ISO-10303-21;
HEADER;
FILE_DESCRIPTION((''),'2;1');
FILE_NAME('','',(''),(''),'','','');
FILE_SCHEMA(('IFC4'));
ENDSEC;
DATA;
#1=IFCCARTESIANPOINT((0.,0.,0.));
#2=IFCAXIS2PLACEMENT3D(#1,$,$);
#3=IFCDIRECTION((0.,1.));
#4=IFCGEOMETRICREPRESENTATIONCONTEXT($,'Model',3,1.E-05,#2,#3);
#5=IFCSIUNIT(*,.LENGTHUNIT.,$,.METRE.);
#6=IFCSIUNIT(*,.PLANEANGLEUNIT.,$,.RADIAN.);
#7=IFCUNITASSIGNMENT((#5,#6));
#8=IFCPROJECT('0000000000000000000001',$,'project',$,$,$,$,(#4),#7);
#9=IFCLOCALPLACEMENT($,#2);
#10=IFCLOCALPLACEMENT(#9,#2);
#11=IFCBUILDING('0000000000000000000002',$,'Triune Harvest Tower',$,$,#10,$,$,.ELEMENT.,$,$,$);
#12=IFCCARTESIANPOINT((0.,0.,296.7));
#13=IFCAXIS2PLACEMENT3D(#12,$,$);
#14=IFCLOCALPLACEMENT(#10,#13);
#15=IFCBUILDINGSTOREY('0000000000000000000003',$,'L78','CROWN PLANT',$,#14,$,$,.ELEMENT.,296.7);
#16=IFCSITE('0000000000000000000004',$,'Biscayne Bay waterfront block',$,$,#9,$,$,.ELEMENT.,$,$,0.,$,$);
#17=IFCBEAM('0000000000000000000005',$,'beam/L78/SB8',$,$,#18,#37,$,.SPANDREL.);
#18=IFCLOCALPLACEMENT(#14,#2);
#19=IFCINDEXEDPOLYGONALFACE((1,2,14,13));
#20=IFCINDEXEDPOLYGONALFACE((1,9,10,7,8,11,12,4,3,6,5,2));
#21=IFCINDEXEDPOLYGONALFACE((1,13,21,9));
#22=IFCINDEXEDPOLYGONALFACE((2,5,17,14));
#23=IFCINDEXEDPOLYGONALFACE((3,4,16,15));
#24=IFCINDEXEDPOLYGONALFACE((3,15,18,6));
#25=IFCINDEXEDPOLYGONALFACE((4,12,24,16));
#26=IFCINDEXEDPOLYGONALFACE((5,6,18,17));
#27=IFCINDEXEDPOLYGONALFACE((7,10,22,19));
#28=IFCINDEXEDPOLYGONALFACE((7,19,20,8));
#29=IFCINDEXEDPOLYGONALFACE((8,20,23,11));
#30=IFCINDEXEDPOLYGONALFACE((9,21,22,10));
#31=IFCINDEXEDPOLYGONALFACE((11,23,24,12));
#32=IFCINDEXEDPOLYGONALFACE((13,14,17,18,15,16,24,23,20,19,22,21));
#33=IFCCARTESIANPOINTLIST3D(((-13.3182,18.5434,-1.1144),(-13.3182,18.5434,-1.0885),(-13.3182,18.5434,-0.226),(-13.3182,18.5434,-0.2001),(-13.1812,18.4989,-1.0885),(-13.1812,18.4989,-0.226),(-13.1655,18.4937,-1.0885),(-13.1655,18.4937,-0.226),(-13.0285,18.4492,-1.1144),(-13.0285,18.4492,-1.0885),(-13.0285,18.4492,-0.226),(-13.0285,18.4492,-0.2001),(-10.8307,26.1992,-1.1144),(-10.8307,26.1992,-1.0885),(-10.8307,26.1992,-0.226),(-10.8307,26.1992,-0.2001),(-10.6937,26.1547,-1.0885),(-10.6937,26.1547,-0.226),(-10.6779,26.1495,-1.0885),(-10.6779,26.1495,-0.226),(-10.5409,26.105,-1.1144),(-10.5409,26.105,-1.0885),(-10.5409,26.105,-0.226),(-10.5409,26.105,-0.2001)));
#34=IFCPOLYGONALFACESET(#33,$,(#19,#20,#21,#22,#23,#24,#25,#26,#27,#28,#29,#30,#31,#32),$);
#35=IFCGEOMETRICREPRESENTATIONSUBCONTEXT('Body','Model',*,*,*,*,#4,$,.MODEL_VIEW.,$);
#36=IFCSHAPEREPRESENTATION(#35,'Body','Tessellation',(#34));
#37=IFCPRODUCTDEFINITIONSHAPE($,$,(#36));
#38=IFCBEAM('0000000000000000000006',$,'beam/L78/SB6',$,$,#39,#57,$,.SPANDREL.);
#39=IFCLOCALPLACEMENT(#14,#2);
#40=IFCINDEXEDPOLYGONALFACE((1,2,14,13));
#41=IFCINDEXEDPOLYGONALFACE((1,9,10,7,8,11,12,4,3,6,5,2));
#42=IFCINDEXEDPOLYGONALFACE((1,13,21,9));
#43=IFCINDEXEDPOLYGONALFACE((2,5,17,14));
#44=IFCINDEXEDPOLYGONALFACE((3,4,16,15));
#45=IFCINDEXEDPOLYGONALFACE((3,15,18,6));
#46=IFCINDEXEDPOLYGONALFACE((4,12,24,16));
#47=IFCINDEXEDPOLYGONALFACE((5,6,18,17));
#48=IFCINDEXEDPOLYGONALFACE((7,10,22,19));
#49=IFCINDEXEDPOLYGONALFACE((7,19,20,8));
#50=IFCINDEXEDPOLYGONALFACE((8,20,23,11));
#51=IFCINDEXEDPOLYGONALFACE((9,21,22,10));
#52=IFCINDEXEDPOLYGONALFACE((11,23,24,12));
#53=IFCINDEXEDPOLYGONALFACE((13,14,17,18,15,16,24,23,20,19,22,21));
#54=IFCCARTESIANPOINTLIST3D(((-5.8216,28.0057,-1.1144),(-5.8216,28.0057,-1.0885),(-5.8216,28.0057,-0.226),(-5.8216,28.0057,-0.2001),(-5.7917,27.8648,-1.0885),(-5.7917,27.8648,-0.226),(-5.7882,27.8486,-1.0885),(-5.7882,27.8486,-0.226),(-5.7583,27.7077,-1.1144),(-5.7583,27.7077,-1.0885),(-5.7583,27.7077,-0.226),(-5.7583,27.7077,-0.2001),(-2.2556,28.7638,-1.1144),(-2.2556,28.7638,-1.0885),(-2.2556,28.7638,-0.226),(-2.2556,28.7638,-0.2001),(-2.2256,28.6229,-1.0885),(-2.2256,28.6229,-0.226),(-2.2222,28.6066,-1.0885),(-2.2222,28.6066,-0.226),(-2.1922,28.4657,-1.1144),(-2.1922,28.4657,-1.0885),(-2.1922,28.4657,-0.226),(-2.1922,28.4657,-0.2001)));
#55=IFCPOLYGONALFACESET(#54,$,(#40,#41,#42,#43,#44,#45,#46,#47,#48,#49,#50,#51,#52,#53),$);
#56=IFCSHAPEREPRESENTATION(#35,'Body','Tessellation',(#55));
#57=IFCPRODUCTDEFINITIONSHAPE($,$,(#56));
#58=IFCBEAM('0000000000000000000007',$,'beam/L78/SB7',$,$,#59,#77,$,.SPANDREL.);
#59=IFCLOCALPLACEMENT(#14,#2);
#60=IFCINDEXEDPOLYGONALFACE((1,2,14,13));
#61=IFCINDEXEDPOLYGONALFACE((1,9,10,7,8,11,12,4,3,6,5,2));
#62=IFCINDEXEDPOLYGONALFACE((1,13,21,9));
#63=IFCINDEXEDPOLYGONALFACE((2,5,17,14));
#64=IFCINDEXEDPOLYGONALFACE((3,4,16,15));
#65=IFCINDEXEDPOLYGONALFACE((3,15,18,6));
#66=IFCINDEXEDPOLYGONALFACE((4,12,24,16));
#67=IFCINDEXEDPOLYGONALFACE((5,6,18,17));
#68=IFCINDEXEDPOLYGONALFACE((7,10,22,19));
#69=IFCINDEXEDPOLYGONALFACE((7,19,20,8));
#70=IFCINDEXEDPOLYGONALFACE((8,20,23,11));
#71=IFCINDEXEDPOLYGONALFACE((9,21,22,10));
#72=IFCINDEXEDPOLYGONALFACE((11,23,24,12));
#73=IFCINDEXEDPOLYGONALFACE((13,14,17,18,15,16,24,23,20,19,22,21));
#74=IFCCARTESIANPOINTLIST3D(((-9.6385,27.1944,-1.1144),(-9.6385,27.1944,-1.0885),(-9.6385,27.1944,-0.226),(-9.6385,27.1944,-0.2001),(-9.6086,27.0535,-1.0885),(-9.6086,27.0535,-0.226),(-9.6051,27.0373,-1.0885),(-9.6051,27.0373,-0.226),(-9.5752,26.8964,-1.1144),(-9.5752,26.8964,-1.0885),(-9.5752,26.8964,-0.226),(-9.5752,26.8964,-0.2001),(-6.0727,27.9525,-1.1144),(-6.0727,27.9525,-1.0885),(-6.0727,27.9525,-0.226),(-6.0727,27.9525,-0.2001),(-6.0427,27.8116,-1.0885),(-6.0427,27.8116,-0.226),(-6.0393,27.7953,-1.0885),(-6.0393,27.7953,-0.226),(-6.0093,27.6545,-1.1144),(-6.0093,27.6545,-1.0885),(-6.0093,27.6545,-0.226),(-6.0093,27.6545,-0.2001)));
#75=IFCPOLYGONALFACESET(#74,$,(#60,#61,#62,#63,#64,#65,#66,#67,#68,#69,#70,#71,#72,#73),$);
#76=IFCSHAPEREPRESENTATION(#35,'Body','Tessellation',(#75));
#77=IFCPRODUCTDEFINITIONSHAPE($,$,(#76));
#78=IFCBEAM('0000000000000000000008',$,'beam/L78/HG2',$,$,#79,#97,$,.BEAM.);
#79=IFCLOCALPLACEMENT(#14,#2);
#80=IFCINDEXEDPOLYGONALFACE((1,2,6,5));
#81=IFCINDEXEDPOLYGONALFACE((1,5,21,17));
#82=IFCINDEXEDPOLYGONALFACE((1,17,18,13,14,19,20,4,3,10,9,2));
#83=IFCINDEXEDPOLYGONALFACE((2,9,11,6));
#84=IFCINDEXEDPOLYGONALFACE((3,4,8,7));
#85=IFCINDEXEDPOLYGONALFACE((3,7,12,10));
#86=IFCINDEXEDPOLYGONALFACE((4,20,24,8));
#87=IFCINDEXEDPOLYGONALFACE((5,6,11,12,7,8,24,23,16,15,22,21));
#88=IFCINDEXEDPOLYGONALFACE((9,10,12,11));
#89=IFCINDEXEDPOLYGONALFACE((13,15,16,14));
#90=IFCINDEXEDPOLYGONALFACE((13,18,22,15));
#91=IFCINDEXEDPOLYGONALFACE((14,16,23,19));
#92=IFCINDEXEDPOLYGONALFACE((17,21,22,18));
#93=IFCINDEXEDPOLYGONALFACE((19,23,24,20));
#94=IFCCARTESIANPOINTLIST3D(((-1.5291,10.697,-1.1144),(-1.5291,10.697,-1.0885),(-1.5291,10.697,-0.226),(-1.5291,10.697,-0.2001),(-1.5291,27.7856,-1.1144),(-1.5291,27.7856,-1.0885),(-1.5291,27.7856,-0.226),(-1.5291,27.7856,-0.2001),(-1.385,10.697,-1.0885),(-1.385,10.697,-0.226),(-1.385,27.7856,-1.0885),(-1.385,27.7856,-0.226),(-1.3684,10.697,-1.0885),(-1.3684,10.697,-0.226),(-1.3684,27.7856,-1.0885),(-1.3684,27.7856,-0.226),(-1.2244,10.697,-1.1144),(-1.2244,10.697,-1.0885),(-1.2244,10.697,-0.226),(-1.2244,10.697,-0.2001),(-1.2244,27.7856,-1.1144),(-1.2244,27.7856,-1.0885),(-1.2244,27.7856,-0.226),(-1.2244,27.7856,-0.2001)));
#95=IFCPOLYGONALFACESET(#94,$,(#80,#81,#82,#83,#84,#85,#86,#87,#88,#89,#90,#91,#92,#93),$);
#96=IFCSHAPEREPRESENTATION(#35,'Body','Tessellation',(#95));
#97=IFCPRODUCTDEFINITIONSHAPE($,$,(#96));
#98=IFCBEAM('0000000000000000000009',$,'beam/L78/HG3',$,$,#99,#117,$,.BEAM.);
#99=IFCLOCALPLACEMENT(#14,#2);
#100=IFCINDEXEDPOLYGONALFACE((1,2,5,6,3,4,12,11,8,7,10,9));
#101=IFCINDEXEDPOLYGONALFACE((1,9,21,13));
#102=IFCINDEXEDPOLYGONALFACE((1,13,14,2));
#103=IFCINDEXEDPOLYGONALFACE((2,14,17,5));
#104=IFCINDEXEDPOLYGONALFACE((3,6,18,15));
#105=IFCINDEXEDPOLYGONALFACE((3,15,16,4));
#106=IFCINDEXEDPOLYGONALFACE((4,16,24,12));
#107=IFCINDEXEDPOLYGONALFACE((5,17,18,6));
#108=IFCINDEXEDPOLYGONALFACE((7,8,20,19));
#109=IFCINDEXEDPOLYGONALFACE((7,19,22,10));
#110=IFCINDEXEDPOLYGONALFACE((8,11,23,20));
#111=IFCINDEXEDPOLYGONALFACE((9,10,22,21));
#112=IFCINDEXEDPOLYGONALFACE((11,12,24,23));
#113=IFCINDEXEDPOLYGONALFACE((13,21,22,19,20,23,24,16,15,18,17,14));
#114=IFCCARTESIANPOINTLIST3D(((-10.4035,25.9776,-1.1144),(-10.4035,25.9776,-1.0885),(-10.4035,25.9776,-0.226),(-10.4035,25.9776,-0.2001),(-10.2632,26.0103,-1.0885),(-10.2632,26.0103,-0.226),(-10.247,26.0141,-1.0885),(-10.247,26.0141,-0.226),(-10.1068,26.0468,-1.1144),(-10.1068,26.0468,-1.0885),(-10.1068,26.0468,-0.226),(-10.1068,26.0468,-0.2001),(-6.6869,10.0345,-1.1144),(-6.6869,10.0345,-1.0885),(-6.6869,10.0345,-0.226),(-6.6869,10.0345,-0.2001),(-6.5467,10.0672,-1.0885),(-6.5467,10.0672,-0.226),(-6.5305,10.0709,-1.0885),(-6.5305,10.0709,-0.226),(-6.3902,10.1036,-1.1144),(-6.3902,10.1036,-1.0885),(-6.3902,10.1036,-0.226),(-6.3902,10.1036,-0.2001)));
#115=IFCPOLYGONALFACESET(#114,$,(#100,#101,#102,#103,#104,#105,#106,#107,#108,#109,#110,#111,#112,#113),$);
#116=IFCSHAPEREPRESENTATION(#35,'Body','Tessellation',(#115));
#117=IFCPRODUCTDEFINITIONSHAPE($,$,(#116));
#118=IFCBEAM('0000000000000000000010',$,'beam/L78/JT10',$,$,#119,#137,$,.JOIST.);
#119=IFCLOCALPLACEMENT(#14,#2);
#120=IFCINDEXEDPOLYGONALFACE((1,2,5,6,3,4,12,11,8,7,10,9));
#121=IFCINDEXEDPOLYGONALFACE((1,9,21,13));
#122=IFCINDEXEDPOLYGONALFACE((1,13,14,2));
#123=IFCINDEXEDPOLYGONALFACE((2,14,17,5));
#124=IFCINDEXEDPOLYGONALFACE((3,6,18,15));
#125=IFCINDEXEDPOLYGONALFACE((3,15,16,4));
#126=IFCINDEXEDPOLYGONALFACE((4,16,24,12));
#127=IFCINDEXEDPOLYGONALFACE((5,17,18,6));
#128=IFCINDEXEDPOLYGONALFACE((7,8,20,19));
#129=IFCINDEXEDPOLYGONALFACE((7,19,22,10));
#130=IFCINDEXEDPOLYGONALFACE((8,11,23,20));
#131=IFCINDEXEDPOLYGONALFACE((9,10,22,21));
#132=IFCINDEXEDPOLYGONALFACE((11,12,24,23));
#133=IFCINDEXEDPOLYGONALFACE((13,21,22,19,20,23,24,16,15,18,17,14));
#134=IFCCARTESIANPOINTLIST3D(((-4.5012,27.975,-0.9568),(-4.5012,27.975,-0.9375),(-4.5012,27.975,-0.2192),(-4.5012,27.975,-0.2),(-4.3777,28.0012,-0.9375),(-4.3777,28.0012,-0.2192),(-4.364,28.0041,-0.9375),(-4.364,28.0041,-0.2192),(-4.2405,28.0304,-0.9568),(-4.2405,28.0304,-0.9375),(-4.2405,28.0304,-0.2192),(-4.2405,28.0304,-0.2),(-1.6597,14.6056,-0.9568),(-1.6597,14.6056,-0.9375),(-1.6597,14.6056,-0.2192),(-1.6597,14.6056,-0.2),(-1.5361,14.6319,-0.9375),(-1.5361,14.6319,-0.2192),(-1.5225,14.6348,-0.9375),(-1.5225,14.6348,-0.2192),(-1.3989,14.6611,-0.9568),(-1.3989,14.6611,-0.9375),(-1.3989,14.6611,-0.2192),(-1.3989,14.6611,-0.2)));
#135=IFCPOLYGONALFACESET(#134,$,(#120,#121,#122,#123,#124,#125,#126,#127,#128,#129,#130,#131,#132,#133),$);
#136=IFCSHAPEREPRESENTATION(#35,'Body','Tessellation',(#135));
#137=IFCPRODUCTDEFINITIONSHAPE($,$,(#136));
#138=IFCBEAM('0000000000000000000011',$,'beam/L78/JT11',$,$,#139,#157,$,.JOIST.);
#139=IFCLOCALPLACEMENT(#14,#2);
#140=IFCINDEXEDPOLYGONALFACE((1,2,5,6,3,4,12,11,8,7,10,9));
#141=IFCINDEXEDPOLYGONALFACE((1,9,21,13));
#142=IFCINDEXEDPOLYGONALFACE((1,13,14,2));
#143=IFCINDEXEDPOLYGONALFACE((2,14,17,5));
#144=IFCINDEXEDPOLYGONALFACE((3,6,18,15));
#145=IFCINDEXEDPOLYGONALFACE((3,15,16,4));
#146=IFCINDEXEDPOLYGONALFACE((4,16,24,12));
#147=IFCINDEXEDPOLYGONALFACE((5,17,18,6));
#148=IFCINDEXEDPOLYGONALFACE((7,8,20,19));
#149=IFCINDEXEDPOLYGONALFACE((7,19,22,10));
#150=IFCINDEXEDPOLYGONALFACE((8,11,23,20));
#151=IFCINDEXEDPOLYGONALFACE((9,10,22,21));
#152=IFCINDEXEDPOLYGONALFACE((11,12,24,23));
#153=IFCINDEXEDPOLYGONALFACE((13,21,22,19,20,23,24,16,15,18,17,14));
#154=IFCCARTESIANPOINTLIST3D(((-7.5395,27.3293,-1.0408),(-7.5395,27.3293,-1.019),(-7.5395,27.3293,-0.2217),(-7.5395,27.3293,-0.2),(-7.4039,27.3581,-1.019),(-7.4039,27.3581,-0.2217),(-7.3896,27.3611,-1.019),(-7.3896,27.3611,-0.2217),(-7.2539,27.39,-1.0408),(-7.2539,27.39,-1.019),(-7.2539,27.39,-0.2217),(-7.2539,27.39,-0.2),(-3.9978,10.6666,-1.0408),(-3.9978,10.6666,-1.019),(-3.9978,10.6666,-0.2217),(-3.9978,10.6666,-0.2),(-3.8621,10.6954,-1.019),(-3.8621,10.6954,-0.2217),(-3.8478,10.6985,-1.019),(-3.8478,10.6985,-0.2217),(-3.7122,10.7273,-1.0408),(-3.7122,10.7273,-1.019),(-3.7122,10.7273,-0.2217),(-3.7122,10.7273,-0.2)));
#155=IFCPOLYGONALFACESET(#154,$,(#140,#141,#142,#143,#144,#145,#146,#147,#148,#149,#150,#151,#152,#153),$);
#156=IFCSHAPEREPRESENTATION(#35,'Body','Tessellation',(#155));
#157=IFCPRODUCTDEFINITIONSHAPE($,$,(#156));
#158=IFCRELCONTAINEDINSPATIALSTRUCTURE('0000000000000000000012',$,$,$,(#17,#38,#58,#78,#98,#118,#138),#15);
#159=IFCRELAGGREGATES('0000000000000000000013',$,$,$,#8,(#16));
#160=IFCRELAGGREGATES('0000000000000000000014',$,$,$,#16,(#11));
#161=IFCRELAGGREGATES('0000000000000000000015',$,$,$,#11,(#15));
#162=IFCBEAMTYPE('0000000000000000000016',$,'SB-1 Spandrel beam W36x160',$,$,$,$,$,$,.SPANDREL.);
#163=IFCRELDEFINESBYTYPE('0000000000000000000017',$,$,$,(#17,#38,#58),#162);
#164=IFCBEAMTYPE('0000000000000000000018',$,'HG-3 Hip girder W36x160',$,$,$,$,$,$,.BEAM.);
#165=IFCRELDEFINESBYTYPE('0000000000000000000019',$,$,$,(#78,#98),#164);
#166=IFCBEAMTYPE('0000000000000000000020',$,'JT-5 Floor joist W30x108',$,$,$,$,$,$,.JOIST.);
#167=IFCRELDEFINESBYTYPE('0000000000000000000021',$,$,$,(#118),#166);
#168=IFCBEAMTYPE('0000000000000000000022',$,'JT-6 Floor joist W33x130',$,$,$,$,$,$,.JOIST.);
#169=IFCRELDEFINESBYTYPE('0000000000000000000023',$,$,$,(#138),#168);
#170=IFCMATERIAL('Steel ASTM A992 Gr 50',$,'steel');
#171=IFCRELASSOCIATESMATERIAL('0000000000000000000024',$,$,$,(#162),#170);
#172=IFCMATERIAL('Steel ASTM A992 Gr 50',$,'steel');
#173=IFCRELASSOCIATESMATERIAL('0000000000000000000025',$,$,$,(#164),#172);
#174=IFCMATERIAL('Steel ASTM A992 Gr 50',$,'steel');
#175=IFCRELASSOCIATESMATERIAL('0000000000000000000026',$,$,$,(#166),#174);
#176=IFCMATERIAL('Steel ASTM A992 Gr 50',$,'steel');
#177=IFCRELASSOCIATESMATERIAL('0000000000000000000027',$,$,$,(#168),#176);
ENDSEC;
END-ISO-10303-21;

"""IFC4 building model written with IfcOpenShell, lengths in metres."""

from ifc_helpers import new_model, si_unit, direction, frame, origin, origin_2d, place, context, subcontext, project, spatial, i_section, extrude, source, transform, mapped, material, material_profile, profile_set, type_object, element, save


model = new_model("IFC4")

# Units and contexts
model_context = context("Model", 3, precision=1e-05, world=origin(), true_north=direction((0.0, 1.0)))
body_context = subcontext(model_context, "Body", "Model", "MODEL_VIEW")
ifc_project = project(units=[si_unit("LENGTHUNIT", "METRE"), si_unit("PLANEANGLEUNIT", "RADIAN")], contexts=[model_context])

# Site, building, storey
site_placement = place(None, origin())
site = spatial("IfcSite", under=ifc_project, at=site_placement, Name="Biscayne Bay waterfront block", CompositionType="ELEMENT", RefElevation=0.0)
building_placement = place(site_placement, origin())
building = spatial("IfcBuilding", under=site, at=building_placement, Name="Triune Harvest Tower", CompositionType="ELEMENT")
storey_placement = place(building_placement, frame((0.0, 0.0, 296.7)))
storey = spatial("IfcBuildingStorey", under=building, at=storey_placement, Name="L78", Description="CROWN PLANT", CompositionType="ELEMENT", Elevation=296.7)

# Beams
ifc_material_1 = material(Name="Steel ASTM A992 Gr 50", Category="steel")
ifc_material_profile_1 = material_profile(ifc_material_1, i_section(OverallWidth=0.3047, OverallDepth=0.9143, WebThickness=0.0166, FlangeThickness=0.0259, at=origin_2d()), Name="W36x160")
ifc_profile_set_1 = profile_set([ifc_material_profile_1], Name="Steel ASTM A992 Gr 50")
beam_type_1 = type_object("IfcBeamType", Name="SB-1 Spandrel beam W36x160", PredefinedType="SPANDREL", material=ifc_profile_set_1)
shared_shape_1 = source(origin(), body_context, "Body", "SweptSolid", [
    extrude(i_section(OverallWidth=0.3047, OverallDepth=0.9143, WebThickness=0.0166, FlangeThickness=0.0259, at=origin_2d()), origin(), (0.0, 0.0, 1.0), 8.0498),
])
beam_1_placement = place(storey_placement, frame((-10.6858, 26.1521, -0.6572), z_axis=(-0.309022, -0.951055, 0.0), x_axis=(0.951055, -0.309022, 0.0)))
element("IfcBeam", 1, at=beam_1_placement, inside=storey, type_object=beam_type_1, Name="beam/L78/SB8", PredefinedType="SPANDREL", context=body_context, shape_type="MappedRepresentation", body=[
    mapped(shared_shape_1, transform((0.0, 0.0, 0.0), scale=1.0)),
])
shared_shape_2 = source(origin(), body_context, "Body", "SweptSolid", [
    extrude(i_section(OverallWidth=0.3047, OverallDepth=0.9143, WebThickness=0.0166, FlangeThickness=0.0259, at=origin_2d()), origin(), (0.0, 0.0, 1.0), 3.6458),
])
beam_2_placement = place(storey_placement, frame((-2.2239, 28.6147, -0.6572), z_axis=(-0.978145, -0.207924, 0.0), x_axis=(0.207924, -0.978145, 0.0)))
element("IfcBeam", 2, at=beam_2_placement, inside=storey, type_object=beam_type_1, Name="beam/L78/SB6", PredefinedType="SPANDREL", context=body_context, shape_type="MappedRepresentation", body=[
    mapped(shared_shape_2, transform((0.0, 0.0, 0.0), scale=1.0)),
])
shared_shape_3 = source(origin(), body_context, "Body", "SweptSolid", [
    extrude(i_section(OverallWidth=0.3047, OverallDepth=0.9143, WebThickness=0.0166, FlangeThickness=0.0259, at=origin_2d()), origin(), (0.0, 0.0, 1.0), 3.6455),
])
beam_3_placement = place(storey_placement, frame((-6.041, 27.8035, -0.6572), z_axis=(-0.978142, -0.207937, 0.0), x_axis=(0.207937, -0.978142, 0.0)))
element("IfcBeam", 3, at=beam_3_placement, inside=storey, type_object=beam_type_1, Name="beam/L78/SB7", PredefinedType="SPANDREL", context=body_context, shape_type="MappedRepresentation", body=[
    mapped(shared_shape_3, transform((0.0, 0.0, 0.0), scale=1.0)),
])
ifc_material_2 = material(Name="Steel ASTM A992 Gr 50", Category="steel")
ifc_material_profile_2 = material_profile(ifc_material_2, i_section(OverallWidth=0.3047, OverallDepth=0.9143, WebThickness=0.0166, FlangeThickness=0.0259, at=origin_2d()), Name="W36x160")
ifc_profile_set_2 = profile_set([ifc_material_profile_2], Name="Steel ASTM A992 Gr 50")
beam_type_2 = type_object("IfcBeamType", Name="HG-3 Hip girder W36x160", PredefinedType="BEAM", material=ifc_profile_set_2)
shared_shape_4 = source(origin(), body_context, "Body", "SweptSolid", [
    extrude(i_section(OverallWidth=0.3047, OverallDepth=0.9143, WebThickness=0.0166, FlangeThickness=0.0259, at=origin_2d()), origin(), (0.0, 0.0, 1.0), 17.0886),
])
beam_4_placement = place(storey_placement, frame((-1.3767, 27.7856, -0.6572), z_axis=(0.0, -1.0, 0.0), x_axis=(1.0, 0.0, 0.0)))
element("IfcBeam", 4, at=beam_4_placement, inside=storey, type_object=beam_type_2, Name="beam/L78/HG2", PredefinedType="BEAM", context=body_context, shape_type="MappedRepresentation", body=[
    mapped(shared_shape_4, transform((0.0, 0.0, 0.0), scale=1.0)),
])
shared_shape_5 = source(origin(), body_context, "Body", "SweptSolid", [
    extrude(i_section(OverallWidth=0.3047, OverallDepth=0.9143, WebThickness=0.0166, FlangeThickness=0.0259, at=origin_2d()), origin(), (0.0, 0.0, 1.0), 16.3706),
])
beam_5_placement = place(storey_placement, frame((-10.2551, 26.0122, -0.6572), z_axis=(0.227026, -0.973889, 0.0), x_axis=(0.973889, 0.227026, 0.0)))
element("IfcBeam", 5, at=beam_5_placement, inside=storey, type_object=beam_type_2, Name="beam/L78/HG3", PredefinedType="BEAM", context=body_context, shape_type="MappedRepresentation", body=[
    mapped(shared_shape_5, transform((0.0, 0.0, 0.0), scale=1.0)),
])
ifc_material_3 = material(Name="Steel ASTM A992 Gr 50", Category="steel")
ifc_material_profile_3 = material_profile(ifc_material_3, i_section(OverallWidth=0.2666, OverallDepth=0.7568, WebThickness=0.0139, FlangeThickness=0.0193, at=origin_2d()), Name="W30x108")
ifc_profile_set_3 = profile_set([ifc_material_profile_3], Name="Steel ASTM A992 Gr 50")
beam_type_3 = type_object("IfcBeamType", Name="JT-5 Floor joist W30x108", PredefinedType="JOIST", material=ifc_profile_set_3)
shared_shape_6 = source(origin(), body_context, "Body", "SweptSolid", [
    extrude(i_section(OverallWidth=0.2666, OverallDepth=0.7568, WebThickness=0.0139, FlangeThickness=0.0193, at=origin_2d()), origin(), (0.0, 0.0, 1.0), 13.668),
])
beam_6_placement = place(storey_placement, frame((-4.3708, 28.0027, -0.5784), z_axis=(0.207898, -0.978151, 0.0), x_axis=(0.978151, 0.207898, 0.0)))
element("IfcBeam", 6, at=beam_6_placement, inside=storey, type_object=beam_type_3, Name="beam/L78/JT10", PredefinedType="JOIST", context=body_context, shape_type="MappedRepresentation", body=[
    mapped(shared_shape_6, transform((0.0, 0.0, 0.0), scale=1.0)),
])
ifc_material_4 = material(Name="Steel ASTM A992 Gr 50", Category="steel")
ifc_material_profile_4 = material_profile(ifc_material_4, i_section(OverallWidth=0.292, OverallDepth=0.8408, WebThickness=0.0146, FlangeThickness=0.0217, at=origin_2d()), Name="W33x130")
ifc_profile_set_4 = profile_set([ifc_material_profile_4], Name="Steel ASTM A992 Gr 50")
beam_type_4 = type_object("IfcBeamType", Name="JT-6 Floor joist W33x130", PredefinedType="JOIST", material=ifc_profile_set_4)
shared_shape_7 = source(origin(), body_context, "Body", "SweptSolid", [
    extrude(i_section(OverallWidth=0.292, OverallDepth=0.8408, WebThickness=0.0146, FlangeThickness=0.0217, at=origin_2d()), origin(), (0.0, 0.0, 1.0), 17.0349),
])
beam_7_placement = place(storey_placement, frame((-7.3967, 27.3596, -0.6204), z_axis=(0.207912, -0.978148, 0.0), x_axis=(0.978148, 0.207912, 0.0)))
element("IfcBeam", 7, at=beam_7_placement, inside=storey, type_object=beam_type_4, Name="beam/L78/JT11", PredefinedType="JOIST", context=body_context, shape_type="MappedRepresentation", body=[
    mapped(shared_shape_7, transform((0.0, 0.0, 0.0), scale=1.0)),
])

save(model, "model.ifc")
